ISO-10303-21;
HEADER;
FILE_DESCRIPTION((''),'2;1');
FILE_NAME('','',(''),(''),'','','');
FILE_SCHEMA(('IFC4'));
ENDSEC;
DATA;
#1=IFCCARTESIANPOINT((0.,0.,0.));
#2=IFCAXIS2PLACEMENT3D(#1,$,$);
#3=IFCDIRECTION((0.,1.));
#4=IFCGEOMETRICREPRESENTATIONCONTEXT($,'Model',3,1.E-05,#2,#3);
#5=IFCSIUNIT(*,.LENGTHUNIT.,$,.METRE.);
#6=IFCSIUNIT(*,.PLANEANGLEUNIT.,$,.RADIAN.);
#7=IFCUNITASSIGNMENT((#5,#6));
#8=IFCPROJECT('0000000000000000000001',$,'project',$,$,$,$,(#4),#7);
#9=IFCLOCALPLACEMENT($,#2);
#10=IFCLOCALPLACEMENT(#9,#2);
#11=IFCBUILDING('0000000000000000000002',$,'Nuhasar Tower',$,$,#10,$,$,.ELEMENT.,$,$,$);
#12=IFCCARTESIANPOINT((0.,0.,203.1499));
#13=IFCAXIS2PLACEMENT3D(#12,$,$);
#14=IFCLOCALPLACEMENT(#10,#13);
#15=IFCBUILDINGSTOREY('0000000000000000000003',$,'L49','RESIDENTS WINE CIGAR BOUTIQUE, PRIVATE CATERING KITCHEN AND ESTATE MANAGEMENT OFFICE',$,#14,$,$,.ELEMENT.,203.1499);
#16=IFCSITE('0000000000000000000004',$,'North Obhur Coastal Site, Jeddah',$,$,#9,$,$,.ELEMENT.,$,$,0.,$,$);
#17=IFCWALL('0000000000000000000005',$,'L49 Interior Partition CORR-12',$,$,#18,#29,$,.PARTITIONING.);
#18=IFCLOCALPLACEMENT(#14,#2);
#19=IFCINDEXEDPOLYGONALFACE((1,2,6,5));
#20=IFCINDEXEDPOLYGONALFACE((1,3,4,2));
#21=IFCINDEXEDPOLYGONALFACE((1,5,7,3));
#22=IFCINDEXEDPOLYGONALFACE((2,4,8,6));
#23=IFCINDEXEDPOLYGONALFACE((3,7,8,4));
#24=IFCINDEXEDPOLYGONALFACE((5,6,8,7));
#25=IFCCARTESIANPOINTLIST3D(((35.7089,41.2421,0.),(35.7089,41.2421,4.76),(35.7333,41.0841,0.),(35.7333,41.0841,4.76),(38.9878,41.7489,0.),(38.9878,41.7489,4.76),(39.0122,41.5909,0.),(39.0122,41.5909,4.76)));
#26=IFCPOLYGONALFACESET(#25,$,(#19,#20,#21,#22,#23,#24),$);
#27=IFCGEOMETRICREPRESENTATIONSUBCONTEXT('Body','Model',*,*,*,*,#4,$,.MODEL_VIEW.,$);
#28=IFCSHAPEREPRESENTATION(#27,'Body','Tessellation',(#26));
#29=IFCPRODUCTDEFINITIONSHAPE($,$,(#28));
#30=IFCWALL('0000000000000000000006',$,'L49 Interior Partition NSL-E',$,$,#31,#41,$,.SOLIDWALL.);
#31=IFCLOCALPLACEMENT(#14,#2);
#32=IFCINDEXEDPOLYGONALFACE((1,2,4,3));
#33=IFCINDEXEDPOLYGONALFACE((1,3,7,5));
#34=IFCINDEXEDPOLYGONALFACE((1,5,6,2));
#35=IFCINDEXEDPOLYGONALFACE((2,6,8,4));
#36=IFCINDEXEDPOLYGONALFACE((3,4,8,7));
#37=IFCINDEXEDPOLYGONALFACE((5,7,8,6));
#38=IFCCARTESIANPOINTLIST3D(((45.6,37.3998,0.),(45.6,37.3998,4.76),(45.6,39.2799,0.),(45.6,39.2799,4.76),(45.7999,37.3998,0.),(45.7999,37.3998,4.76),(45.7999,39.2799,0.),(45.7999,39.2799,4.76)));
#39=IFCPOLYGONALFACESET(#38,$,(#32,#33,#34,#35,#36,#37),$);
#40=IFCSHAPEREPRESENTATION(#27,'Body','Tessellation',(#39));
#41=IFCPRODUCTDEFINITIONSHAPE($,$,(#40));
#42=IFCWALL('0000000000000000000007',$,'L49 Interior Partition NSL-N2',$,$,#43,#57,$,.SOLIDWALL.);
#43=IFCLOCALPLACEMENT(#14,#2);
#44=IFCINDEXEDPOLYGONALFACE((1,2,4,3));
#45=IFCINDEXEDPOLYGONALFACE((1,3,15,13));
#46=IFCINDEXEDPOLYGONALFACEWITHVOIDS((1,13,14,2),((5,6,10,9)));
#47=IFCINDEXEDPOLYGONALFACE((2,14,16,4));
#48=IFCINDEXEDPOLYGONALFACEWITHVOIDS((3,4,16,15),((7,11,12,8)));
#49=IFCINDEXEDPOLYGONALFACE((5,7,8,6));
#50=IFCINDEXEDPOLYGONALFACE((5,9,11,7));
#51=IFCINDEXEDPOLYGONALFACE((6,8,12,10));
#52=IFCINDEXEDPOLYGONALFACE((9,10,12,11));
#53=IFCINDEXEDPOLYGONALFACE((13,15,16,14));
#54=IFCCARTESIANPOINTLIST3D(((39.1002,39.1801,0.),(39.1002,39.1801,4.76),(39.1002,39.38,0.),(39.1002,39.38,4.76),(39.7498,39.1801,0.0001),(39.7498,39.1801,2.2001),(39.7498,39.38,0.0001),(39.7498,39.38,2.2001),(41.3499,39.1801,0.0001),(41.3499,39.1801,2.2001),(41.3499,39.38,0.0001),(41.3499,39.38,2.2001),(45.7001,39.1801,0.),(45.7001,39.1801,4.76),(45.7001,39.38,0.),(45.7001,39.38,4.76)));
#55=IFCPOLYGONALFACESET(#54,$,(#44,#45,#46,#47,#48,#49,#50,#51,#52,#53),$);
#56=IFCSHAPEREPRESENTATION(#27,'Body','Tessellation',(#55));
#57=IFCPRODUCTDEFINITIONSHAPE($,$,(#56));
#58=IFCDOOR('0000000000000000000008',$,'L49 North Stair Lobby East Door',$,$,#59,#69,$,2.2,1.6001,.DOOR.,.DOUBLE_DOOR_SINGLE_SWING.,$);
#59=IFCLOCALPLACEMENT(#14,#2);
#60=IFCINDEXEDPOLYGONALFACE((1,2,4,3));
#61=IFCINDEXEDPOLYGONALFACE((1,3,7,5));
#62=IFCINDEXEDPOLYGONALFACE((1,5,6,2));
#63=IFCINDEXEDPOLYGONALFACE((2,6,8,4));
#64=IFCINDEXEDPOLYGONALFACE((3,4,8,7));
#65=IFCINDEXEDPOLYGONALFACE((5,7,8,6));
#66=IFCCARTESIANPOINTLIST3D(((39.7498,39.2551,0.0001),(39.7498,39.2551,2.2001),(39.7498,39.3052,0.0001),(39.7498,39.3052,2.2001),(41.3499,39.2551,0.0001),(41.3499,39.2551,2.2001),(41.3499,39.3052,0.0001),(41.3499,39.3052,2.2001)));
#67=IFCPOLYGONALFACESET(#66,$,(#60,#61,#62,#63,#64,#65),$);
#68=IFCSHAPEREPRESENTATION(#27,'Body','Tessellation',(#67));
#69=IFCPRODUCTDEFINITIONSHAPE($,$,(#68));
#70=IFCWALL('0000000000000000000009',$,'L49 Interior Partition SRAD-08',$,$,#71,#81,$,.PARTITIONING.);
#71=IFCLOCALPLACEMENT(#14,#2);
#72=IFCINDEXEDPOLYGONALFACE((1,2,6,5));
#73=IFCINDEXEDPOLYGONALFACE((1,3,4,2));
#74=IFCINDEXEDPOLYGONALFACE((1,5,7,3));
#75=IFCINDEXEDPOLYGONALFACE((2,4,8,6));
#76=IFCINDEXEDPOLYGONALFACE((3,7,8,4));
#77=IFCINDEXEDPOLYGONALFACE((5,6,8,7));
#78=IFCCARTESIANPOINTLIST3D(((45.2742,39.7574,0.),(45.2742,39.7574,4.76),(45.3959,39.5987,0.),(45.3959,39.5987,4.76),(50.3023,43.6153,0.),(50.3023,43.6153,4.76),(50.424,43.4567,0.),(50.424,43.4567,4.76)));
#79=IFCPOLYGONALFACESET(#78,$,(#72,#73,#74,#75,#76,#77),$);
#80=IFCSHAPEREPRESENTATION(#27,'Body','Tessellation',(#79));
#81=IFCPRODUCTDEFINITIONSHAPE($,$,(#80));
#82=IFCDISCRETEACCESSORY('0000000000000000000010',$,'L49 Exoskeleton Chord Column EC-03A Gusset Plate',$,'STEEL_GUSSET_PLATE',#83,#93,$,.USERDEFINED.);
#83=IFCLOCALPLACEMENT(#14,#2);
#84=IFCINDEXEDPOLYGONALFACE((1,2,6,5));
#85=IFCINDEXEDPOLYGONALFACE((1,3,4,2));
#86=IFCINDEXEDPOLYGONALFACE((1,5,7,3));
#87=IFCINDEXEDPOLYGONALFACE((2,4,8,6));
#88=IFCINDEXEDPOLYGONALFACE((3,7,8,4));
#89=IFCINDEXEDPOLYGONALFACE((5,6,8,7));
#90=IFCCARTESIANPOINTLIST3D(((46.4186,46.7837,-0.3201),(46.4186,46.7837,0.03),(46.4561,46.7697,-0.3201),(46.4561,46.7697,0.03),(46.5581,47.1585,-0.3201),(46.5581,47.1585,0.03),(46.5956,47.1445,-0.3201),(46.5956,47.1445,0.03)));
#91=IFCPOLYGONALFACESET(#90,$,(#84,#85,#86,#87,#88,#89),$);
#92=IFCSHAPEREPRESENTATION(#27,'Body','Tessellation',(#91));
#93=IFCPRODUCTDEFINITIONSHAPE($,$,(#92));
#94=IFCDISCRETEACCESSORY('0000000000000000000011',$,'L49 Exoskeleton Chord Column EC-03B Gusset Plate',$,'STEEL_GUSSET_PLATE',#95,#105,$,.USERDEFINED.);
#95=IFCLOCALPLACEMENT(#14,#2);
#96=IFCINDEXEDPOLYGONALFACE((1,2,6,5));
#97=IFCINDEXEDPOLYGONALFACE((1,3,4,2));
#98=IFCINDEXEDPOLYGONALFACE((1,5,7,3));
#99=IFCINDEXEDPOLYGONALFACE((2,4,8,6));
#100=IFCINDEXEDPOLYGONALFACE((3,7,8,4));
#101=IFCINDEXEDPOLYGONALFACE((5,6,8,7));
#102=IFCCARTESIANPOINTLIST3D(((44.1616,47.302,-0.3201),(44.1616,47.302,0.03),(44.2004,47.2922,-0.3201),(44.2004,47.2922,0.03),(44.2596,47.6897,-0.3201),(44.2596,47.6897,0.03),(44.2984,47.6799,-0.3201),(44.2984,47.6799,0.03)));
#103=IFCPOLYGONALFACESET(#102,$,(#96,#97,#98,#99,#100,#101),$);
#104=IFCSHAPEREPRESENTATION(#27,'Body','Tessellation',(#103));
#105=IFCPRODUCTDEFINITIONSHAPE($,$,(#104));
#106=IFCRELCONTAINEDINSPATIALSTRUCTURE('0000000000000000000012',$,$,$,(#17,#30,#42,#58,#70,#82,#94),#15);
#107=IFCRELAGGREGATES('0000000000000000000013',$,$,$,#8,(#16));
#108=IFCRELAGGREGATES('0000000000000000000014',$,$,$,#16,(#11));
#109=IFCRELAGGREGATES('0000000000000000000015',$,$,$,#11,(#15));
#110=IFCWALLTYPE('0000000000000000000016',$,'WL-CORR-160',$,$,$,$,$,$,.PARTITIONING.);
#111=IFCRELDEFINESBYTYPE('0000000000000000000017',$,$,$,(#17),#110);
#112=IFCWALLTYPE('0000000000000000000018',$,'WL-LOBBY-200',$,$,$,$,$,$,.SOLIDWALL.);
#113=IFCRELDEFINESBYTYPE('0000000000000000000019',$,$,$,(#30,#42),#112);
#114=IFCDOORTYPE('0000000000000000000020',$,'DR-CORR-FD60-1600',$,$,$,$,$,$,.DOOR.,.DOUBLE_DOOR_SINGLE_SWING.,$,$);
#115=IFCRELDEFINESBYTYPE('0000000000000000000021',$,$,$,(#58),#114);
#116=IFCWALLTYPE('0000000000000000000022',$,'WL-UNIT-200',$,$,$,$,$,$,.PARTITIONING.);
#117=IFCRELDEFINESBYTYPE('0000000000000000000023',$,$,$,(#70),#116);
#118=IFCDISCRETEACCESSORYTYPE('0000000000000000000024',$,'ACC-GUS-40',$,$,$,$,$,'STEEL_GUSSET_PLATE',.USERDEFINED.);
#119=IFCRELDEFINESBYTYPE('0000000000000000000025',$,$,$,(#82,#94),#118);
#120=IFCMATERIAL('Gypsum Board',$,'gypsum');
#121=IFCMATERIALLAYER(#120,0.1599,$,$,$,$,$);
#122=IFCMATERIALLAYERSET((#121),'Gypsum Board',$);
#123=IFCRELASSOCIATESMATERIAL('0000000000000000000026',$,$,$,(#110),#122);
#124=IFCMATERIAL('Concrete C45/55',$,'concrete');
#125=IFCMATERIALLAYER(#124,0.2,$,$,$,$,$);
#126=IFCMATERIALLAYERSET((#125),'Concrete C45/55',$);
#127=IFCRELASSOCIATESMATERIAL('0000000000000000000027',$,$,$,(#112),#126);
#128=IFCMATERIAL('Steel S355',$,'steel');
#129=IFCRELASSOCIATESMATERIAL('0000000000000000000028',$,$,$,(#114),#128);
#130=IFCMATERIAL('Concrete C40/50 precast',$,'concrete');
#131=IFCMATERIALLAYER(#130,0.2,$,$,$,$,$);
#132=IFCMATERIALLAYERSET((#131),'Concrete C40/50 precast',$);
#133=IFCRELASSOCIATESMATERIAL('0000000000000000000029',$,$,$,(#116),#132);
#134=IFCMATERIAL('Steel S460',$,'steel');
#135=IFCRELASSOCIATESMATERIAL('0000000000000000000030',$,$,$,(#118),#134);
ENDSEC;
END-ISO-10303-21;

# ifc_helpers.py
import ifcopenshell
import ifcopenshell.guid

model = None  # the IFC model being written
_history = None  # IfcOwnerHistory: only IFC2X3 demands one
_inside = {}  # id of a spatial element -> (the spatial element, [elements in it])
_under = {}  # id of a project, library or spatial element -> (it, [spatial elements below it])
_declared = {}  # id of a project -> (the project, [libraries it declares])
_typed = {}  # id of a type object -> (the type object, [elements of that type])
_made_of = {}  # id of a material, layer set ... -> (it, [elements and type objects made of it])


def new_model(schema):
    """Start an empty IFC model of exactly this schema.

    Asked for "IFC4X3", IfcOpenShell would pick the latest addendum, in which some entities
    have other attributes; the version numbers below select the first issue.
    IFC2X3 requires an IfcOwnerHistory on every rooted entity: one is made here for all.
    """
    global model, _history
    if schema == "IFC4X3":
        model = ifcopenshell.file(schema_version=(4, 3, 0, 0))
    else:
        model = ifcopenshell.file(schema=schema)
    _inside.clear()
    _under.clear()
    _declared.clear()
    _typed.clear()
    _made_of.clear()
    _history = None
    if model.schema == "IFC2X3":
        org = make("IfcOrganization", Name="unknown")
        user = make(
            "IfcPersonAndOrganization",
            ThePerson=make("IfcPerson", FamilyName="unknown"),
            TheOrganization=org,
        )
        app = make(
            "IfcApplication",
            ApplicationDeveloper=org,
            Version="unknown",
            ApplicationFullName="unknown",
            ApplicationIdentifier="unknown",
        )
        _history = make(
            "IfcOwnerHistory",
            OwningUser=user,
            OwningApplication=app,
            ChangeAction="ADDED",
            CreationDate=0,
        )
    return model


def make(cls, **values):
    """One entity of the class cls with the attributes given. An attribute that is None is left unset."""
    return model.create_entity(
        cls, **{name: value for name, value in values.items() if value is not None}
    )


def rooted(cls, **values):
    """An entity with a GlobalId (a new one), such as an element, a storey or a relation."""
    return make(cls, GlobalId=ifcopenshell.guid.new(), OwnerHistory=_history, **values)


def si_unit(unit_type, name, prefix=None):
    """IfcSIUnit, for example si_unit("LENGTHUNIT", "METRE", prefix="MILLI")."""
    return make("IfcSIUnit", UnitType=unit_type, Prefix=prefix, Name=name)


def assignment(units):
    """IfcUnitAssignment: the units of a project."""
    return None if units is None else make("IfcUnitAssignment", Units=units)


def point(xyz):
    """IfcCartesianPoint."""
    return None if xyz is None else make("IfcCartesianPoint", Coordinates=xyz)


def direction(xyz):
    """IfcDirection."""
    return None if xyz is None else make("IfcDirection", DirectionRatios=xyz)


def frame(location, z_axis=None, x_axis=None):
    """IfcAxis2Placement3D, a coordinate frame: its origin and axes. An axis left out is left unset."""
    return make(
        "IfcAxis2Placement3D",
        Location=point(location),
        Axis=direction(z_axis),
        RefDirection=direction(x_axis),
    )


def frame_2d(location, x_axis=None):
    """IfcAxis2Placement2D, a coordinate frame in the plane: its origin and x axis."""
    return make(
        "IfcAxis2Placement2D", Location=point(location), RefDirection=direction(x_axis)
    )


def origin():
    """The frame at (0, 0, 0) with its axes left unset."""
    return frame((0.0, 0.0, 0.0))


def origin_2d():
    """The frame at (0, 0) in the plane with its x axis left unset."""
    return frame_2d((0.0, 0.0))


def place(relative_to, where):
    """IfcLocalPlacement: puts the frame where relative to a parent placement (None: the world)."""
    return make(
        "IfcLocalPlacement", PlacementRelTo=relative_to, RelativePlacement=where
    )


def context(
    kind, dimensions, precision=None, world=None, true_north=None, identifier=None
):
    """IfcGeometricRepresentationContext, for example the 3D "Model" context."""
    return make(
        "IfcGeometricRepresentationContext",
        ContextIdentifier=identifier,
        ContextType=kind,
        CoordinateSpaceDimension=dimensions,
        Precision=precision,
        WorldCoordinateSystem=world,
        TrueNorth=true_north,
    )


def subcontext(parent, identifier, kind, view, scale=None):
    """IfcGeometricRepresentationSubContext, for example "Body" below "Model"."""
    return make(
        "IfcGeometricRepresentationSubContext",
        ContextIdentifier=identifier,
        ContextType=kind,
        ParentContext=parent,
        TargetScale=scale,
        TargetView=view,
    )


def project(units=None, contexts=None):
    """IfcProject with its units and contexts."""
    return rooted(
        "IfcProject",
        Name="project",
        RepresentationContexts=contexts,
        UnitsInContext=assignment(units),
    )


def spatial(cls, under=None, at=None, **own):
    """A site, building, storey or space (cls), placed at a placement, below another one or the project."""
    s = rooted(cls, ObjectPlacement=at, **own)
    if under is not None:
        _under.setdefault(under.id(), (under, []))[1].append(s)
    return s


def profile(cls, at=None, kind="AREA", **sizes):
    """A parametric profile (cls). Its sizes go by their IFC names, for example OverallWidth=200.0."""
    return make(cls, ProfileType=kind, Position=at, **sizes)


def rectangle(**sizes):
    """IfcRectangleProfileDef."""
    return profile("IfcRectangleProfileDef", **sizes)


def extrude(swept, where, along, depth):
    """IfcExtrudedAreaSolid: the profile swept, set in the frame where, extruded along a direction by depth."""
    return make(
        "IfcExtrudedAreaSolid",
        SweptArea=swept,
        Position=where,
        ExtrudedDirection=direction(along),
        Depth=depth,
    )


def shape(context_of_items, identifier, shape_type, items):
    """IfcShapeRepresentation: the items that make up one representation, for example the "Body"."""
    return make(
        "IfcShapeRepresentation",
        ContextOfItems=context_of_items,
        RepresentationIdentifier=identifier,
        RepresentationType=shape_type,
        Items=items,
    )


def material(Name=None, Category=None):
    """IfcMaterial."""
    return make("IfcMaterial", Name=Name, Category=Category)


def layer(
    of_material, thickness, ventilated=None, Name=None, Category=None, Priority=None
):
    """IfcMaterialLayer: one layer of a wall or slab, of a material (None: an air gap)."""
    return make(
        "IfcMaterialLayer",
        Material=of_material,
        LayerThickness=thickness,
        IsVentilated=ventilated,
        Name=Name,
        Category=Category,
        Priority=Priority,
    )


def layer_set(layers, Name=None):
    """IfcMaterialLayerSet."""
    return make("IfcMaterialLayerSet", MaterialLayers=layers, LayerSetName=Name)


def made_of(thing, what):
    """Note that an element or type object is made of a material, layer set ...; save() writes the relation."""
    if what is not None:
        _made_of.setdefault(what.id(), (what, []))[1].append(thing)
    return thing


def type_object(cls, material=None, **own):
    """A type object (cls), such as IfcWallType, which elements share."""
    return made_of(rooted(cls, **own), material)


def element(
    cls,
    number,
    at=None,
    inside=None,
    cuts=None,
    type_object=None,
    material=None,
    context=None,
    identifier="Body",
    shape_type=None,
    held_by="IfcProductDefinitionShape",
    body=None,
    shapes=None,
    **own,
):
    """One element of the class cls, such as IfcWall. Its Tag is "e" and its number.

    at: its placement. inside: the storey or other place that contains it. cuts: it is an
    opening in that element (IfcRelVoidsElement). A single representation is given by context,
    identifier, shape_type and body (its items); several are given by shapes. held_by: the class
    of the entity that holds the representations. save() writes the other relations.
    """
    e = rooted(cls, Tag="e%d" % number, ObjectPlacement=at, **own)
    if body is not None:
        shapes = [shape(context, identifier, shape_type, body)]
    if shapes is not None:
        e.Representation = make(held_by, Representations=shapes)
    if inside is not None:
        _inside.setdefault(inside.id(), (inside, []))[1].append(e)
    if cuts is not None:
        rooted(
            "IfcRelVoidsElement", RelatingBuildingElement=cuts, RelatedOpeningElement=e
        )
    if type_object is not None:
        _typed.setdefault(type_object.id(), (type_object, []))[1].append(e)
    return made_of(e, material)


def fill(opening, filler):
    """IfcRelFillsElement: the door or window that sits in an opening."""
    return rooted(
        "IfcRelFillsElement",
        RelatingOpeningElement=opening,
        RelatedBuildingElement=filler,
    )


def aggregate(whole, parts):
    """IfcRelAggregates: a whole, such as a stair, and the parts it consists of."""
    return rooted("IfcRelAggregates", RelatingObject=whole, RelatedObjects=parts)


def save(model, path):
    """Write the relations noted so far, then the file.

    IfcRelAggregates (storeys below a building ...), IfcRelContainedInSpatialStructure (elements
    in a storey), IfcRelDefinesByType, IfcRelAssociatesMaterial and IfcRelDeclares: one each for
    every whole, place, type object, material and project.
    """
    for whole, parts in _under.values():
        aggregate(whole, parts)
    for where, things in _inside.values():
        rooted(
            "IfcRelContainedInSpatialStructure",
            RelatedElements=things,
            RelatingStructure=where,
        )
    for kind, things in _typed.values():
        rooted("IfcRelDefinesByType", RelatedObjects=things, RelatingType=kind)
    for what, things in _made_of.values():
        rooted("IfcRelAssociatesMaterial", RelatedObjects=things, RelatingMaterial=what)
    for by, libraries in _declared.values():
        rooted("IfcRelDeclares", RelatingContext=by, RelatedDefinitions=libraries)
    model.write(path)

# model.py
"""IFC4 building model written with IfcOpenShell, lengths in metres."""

from ifc_helpers import new_model, si_unit, direction, frame, frame_2d, origin, origin_2d, place, context, subcontext, project, spatial, rectangle, extrude, material, layer, layer_set, type_object, element, fill, save


model = new_model("IFC4")

# Units and contexts
model_context = context("Model", 3, precision=1e-05, world=origin(), true_north=direction((0.0, 1.0)))
body_context = subcontext(model_context, "Body", "Model", "MODEL_VIEW")
ifc_project = project(units=[si_unit("LENGTHUNIT", "METRE"), si_unit("PLANEANGLEUNIT", "RADIAN")], contexts=[model_context])

# Site, building, storey
site_placement = place(None, origin())
site = spatial("IfcSite", under=ifc_project, at=site_placement, Name="North Obhur Coastal Site, Jeddah", CompositionType="ELEMENT", RefElevation=0.0)
building_placement = place(site_placement, origin())
building = spatial("IfcBuilding", under=site, at=building_placement, Name="Nuhasar Tower", CompositionType="ELEMENT")
storey_placement = place(building_placement, frame((0.0, 0.0, 203.1499)))
storey = spatial("IfcBuildingStorey", under=building, at=storey_placement, Name="L49", Description="RESIDENTS WINE CIGAR BOUTIQUE, PRIVATE CATERING KITCHEN AND ESTATE MANAGEMENT OFFICE", CompositionType="ELEMENT", Elevation=203.1499)

# Shared definitions
ifc_material_1 = material(Name="Steel S460", Category="steel")

# Shared definitions
ifc_material_2 = material(Name="Gypsum Board", Category="gypsum")
ifc_layer_1 = layer(ifc_material_2, 0.1599)
ifc_layer_set_1 = layer_set([ifc_layer_1], Name="Gypsum Board")
wall_type_1 = type_object("IfcWallType", Name="WL-CORR-160", PredefinedType="PARTITIONING", material=ifc_layer_set_1)

# Walls
wall_1_placement = place(storey_placement, frame((39.0, 41.6699, 0.0), z_axis=(0.0, 0.0, 1.0), x_axis=(-0.988264, -0.152754, 0.0)))
element("IfcWall", 1, at=wall_1_placement, inside=storey, type_object=wall_type_1, Name="L49 Interior Partition CORR-12", PredefinedType="PARTITIONING", context=body_context, shape_type="SweptSolid", body=[
    extrude(rectangle(XDim=3.3179, YDim=0.1599, at=frame_2d((1.6589, 0.0))), origin(), (0.0, 0.0, 1.0), 4.76),
])
ifc_material_3 = material(Name="Concrete C45/55", Category="concrete")
ifc_layer_2 = layer(ifc_material_3, 0.2)
ifc_layer_set_2 = layer_set([ifc_layer_2], Name="Concrete C45/55")
wall_type_2 = type_object("IfcWallType", Name="WL-LOBBY-200", PredefinedType="SOLIDWALL", material=ifc_layer_set_2)
wall_2_placement = place(storey_placement, frame((45.7, 37.3999, 0.0), z_axis=(0.0, 0.0, 1.0), x_axis=(0.0, 1.0, 0.0)))
element("IfcWall", 2, at=wall_2_placement, inside=storey, type_object=wall_type_2, Name="L49 Interior Partition NSL-E", PredefinedType="SOLIDWALL", context=body_context, shape_type="SweptSolid", body=[
    extrude(rectangle(XDim=1.8801, YDim=0.2, at=frame_2d((0.9399, 0.0))), origin(), (0.0, 0.0, 1.0), 4.76),
])

# Wall, opening, door
wall_3_placement = place(storey_placement, frame((45.7, 39.28, 0.0), z_axis=(0.0, 0.0, 1.0), x_axis=(-1.0, 0.0, 0.0)))
wall_3 = element("IfcWall", 3, at=wall_3_placement, inside=storey, type_object=wall_type_2, Name="L49 Interior Partition NSL-N2", PredefinedType="SOLIDWALL", context=body_context, shape_type="SweptSolid", body=[
    extrude(rectangle(XDim=6.5999, YDim=0.2, at=frame_2d((3.2998, 0.0))), origin(), (0.0, 0.0, 1.0), 4.76),
])
opening_1_placement = place(wall_3_placement, frame((4.3501, 0.0, 0.0)))
opening_1 = element("IfcOpeningElement", 4, at=opening_1_placement, cuts=wall_3, PredefinedType="OPENING", context=body_context, shape_type="SweptSolid", body=[
    extrude(rectangle(XDim=1.6001, YDim=2.2, at=frame_2d((0.8, 1.1001))), frame((0.0, 0.1099, 0.0), z_axis=(0.0, -1.0, 0.0), x_axis=(1.0, 0.0, 0.0)), (0.0, 0.0, 1.0), 0.22),
])
ifc_material_4 = material(Name="Steel S355", Category="steel")
door_type_1 = type_object("IfcDoorType", Name="DR-CORR-FD60-1600", OperationType="DOUBLE_DOOR_SINGLE_SWING", PredefinedType="DOOR", material=ifc_material_4)
door_1_placement = place(opening_1_placement, origin())
door_1 = element("IfcDoor", 5, at=door_1_placement, inside=storey, type_object=door_type_1, Name="L49 North Stair Lobby East Door", OperationType="DOUBLE_DOOR_SINGLE_SWING", OverallHeight=2.2, OverallWidth=1.6001, PredefinedType="DOOR", context=body_context, shape_type="SweptSolid", body=[
    extrude(rectangle(XDim=1.6001, YDim=2.2, at=frame_2d((0.8, 1.1001))), frame((0.0, 0.0249, 0.0), z_axis=(0.0, -1.0, 0.0), x_axis=(1.0, 0.0, 0.0)), (0.0, 0.0, 1.0), 0.05),
])
fill(opening_1, door_1)

# Wall
ifc_material_5 = material(Name="Concrete C40/50 precast", Category="concrete")
ifc_layer_3 = layer(ifc_material_5, 0.2)
ifc_layer_set_3 = layer_set([ifc_layer_3], Name="Concrete C40/50 precast")
wall_type_3 = type_object("IfcWallType", Name="WL-UNIT-200", PredefinedType="PARTITIONING", material=ifc_layer_set_3)
wall_4_placement = place(storey_placement, frame((45.335, 39.678, 0.0), z_axis=(0.0, 0.0, 1.0), x_axis=(0.793374, 0.608735, 0.0)))
element("IfcWall", 6, at=wall_4_placement, inside=storey, type_object=wall_type_3, Name="L49 Interior Partition SRAD-08", PredefinedType="PARTITIONING", context=body_context, shape_type="SweptSolid", body=[
    extrude(rectangle(XDim=6.3376, YDim=0.2, at=frame_2d((3.1689, 0.0))), origin(), (0.0, 0.0, 1.0), 4.76),
])

# Discrete accessories
discrete_accessory_type = type_object("IfcDiscreteAccessoryType", Name="ACC-GUS-40", ElementType="STEEL_GUSSET_PLATE", PredefinedType="USERDEFINED", material=ifc_material_1)
for number, where, z_axis, x_axis, name in (
    (7, (46.5071, 46.9641, -0.3201), (0.0, 0.0, 1.0), (0.348916, 0.937154, 0.0), "L49 Exoskeleton Chord Column EC-03A Gusset Plate"),
    (8, (44.23, 47.491, -0.3201), (0.0, 0.0, 1.0), (0.245037, 0.969514, 0.0), "L49 Exoskeleton Chord Column EC-03B Gusset Plate"),
):
    element("IfcDiscreteAccessory", number, at=place(storey_placement, frame(where, z_axis=z_axis, x_axis=x_axis)), inside=storey, type_object=discrete_accessory_type, Name=name, ObjectType="STEEL_GUSSET_PLATE", PredefinedType="USERDEFINED", context=body_context, shape_type="SweptSolid", body=[
        extrude(rectangle(XDim=0.3999, YDim=0.04, at=origin_2d()), origin(), (0.0, 0.0, 1.0), 0.3501),
    ])

save(model, "model.ifc")
